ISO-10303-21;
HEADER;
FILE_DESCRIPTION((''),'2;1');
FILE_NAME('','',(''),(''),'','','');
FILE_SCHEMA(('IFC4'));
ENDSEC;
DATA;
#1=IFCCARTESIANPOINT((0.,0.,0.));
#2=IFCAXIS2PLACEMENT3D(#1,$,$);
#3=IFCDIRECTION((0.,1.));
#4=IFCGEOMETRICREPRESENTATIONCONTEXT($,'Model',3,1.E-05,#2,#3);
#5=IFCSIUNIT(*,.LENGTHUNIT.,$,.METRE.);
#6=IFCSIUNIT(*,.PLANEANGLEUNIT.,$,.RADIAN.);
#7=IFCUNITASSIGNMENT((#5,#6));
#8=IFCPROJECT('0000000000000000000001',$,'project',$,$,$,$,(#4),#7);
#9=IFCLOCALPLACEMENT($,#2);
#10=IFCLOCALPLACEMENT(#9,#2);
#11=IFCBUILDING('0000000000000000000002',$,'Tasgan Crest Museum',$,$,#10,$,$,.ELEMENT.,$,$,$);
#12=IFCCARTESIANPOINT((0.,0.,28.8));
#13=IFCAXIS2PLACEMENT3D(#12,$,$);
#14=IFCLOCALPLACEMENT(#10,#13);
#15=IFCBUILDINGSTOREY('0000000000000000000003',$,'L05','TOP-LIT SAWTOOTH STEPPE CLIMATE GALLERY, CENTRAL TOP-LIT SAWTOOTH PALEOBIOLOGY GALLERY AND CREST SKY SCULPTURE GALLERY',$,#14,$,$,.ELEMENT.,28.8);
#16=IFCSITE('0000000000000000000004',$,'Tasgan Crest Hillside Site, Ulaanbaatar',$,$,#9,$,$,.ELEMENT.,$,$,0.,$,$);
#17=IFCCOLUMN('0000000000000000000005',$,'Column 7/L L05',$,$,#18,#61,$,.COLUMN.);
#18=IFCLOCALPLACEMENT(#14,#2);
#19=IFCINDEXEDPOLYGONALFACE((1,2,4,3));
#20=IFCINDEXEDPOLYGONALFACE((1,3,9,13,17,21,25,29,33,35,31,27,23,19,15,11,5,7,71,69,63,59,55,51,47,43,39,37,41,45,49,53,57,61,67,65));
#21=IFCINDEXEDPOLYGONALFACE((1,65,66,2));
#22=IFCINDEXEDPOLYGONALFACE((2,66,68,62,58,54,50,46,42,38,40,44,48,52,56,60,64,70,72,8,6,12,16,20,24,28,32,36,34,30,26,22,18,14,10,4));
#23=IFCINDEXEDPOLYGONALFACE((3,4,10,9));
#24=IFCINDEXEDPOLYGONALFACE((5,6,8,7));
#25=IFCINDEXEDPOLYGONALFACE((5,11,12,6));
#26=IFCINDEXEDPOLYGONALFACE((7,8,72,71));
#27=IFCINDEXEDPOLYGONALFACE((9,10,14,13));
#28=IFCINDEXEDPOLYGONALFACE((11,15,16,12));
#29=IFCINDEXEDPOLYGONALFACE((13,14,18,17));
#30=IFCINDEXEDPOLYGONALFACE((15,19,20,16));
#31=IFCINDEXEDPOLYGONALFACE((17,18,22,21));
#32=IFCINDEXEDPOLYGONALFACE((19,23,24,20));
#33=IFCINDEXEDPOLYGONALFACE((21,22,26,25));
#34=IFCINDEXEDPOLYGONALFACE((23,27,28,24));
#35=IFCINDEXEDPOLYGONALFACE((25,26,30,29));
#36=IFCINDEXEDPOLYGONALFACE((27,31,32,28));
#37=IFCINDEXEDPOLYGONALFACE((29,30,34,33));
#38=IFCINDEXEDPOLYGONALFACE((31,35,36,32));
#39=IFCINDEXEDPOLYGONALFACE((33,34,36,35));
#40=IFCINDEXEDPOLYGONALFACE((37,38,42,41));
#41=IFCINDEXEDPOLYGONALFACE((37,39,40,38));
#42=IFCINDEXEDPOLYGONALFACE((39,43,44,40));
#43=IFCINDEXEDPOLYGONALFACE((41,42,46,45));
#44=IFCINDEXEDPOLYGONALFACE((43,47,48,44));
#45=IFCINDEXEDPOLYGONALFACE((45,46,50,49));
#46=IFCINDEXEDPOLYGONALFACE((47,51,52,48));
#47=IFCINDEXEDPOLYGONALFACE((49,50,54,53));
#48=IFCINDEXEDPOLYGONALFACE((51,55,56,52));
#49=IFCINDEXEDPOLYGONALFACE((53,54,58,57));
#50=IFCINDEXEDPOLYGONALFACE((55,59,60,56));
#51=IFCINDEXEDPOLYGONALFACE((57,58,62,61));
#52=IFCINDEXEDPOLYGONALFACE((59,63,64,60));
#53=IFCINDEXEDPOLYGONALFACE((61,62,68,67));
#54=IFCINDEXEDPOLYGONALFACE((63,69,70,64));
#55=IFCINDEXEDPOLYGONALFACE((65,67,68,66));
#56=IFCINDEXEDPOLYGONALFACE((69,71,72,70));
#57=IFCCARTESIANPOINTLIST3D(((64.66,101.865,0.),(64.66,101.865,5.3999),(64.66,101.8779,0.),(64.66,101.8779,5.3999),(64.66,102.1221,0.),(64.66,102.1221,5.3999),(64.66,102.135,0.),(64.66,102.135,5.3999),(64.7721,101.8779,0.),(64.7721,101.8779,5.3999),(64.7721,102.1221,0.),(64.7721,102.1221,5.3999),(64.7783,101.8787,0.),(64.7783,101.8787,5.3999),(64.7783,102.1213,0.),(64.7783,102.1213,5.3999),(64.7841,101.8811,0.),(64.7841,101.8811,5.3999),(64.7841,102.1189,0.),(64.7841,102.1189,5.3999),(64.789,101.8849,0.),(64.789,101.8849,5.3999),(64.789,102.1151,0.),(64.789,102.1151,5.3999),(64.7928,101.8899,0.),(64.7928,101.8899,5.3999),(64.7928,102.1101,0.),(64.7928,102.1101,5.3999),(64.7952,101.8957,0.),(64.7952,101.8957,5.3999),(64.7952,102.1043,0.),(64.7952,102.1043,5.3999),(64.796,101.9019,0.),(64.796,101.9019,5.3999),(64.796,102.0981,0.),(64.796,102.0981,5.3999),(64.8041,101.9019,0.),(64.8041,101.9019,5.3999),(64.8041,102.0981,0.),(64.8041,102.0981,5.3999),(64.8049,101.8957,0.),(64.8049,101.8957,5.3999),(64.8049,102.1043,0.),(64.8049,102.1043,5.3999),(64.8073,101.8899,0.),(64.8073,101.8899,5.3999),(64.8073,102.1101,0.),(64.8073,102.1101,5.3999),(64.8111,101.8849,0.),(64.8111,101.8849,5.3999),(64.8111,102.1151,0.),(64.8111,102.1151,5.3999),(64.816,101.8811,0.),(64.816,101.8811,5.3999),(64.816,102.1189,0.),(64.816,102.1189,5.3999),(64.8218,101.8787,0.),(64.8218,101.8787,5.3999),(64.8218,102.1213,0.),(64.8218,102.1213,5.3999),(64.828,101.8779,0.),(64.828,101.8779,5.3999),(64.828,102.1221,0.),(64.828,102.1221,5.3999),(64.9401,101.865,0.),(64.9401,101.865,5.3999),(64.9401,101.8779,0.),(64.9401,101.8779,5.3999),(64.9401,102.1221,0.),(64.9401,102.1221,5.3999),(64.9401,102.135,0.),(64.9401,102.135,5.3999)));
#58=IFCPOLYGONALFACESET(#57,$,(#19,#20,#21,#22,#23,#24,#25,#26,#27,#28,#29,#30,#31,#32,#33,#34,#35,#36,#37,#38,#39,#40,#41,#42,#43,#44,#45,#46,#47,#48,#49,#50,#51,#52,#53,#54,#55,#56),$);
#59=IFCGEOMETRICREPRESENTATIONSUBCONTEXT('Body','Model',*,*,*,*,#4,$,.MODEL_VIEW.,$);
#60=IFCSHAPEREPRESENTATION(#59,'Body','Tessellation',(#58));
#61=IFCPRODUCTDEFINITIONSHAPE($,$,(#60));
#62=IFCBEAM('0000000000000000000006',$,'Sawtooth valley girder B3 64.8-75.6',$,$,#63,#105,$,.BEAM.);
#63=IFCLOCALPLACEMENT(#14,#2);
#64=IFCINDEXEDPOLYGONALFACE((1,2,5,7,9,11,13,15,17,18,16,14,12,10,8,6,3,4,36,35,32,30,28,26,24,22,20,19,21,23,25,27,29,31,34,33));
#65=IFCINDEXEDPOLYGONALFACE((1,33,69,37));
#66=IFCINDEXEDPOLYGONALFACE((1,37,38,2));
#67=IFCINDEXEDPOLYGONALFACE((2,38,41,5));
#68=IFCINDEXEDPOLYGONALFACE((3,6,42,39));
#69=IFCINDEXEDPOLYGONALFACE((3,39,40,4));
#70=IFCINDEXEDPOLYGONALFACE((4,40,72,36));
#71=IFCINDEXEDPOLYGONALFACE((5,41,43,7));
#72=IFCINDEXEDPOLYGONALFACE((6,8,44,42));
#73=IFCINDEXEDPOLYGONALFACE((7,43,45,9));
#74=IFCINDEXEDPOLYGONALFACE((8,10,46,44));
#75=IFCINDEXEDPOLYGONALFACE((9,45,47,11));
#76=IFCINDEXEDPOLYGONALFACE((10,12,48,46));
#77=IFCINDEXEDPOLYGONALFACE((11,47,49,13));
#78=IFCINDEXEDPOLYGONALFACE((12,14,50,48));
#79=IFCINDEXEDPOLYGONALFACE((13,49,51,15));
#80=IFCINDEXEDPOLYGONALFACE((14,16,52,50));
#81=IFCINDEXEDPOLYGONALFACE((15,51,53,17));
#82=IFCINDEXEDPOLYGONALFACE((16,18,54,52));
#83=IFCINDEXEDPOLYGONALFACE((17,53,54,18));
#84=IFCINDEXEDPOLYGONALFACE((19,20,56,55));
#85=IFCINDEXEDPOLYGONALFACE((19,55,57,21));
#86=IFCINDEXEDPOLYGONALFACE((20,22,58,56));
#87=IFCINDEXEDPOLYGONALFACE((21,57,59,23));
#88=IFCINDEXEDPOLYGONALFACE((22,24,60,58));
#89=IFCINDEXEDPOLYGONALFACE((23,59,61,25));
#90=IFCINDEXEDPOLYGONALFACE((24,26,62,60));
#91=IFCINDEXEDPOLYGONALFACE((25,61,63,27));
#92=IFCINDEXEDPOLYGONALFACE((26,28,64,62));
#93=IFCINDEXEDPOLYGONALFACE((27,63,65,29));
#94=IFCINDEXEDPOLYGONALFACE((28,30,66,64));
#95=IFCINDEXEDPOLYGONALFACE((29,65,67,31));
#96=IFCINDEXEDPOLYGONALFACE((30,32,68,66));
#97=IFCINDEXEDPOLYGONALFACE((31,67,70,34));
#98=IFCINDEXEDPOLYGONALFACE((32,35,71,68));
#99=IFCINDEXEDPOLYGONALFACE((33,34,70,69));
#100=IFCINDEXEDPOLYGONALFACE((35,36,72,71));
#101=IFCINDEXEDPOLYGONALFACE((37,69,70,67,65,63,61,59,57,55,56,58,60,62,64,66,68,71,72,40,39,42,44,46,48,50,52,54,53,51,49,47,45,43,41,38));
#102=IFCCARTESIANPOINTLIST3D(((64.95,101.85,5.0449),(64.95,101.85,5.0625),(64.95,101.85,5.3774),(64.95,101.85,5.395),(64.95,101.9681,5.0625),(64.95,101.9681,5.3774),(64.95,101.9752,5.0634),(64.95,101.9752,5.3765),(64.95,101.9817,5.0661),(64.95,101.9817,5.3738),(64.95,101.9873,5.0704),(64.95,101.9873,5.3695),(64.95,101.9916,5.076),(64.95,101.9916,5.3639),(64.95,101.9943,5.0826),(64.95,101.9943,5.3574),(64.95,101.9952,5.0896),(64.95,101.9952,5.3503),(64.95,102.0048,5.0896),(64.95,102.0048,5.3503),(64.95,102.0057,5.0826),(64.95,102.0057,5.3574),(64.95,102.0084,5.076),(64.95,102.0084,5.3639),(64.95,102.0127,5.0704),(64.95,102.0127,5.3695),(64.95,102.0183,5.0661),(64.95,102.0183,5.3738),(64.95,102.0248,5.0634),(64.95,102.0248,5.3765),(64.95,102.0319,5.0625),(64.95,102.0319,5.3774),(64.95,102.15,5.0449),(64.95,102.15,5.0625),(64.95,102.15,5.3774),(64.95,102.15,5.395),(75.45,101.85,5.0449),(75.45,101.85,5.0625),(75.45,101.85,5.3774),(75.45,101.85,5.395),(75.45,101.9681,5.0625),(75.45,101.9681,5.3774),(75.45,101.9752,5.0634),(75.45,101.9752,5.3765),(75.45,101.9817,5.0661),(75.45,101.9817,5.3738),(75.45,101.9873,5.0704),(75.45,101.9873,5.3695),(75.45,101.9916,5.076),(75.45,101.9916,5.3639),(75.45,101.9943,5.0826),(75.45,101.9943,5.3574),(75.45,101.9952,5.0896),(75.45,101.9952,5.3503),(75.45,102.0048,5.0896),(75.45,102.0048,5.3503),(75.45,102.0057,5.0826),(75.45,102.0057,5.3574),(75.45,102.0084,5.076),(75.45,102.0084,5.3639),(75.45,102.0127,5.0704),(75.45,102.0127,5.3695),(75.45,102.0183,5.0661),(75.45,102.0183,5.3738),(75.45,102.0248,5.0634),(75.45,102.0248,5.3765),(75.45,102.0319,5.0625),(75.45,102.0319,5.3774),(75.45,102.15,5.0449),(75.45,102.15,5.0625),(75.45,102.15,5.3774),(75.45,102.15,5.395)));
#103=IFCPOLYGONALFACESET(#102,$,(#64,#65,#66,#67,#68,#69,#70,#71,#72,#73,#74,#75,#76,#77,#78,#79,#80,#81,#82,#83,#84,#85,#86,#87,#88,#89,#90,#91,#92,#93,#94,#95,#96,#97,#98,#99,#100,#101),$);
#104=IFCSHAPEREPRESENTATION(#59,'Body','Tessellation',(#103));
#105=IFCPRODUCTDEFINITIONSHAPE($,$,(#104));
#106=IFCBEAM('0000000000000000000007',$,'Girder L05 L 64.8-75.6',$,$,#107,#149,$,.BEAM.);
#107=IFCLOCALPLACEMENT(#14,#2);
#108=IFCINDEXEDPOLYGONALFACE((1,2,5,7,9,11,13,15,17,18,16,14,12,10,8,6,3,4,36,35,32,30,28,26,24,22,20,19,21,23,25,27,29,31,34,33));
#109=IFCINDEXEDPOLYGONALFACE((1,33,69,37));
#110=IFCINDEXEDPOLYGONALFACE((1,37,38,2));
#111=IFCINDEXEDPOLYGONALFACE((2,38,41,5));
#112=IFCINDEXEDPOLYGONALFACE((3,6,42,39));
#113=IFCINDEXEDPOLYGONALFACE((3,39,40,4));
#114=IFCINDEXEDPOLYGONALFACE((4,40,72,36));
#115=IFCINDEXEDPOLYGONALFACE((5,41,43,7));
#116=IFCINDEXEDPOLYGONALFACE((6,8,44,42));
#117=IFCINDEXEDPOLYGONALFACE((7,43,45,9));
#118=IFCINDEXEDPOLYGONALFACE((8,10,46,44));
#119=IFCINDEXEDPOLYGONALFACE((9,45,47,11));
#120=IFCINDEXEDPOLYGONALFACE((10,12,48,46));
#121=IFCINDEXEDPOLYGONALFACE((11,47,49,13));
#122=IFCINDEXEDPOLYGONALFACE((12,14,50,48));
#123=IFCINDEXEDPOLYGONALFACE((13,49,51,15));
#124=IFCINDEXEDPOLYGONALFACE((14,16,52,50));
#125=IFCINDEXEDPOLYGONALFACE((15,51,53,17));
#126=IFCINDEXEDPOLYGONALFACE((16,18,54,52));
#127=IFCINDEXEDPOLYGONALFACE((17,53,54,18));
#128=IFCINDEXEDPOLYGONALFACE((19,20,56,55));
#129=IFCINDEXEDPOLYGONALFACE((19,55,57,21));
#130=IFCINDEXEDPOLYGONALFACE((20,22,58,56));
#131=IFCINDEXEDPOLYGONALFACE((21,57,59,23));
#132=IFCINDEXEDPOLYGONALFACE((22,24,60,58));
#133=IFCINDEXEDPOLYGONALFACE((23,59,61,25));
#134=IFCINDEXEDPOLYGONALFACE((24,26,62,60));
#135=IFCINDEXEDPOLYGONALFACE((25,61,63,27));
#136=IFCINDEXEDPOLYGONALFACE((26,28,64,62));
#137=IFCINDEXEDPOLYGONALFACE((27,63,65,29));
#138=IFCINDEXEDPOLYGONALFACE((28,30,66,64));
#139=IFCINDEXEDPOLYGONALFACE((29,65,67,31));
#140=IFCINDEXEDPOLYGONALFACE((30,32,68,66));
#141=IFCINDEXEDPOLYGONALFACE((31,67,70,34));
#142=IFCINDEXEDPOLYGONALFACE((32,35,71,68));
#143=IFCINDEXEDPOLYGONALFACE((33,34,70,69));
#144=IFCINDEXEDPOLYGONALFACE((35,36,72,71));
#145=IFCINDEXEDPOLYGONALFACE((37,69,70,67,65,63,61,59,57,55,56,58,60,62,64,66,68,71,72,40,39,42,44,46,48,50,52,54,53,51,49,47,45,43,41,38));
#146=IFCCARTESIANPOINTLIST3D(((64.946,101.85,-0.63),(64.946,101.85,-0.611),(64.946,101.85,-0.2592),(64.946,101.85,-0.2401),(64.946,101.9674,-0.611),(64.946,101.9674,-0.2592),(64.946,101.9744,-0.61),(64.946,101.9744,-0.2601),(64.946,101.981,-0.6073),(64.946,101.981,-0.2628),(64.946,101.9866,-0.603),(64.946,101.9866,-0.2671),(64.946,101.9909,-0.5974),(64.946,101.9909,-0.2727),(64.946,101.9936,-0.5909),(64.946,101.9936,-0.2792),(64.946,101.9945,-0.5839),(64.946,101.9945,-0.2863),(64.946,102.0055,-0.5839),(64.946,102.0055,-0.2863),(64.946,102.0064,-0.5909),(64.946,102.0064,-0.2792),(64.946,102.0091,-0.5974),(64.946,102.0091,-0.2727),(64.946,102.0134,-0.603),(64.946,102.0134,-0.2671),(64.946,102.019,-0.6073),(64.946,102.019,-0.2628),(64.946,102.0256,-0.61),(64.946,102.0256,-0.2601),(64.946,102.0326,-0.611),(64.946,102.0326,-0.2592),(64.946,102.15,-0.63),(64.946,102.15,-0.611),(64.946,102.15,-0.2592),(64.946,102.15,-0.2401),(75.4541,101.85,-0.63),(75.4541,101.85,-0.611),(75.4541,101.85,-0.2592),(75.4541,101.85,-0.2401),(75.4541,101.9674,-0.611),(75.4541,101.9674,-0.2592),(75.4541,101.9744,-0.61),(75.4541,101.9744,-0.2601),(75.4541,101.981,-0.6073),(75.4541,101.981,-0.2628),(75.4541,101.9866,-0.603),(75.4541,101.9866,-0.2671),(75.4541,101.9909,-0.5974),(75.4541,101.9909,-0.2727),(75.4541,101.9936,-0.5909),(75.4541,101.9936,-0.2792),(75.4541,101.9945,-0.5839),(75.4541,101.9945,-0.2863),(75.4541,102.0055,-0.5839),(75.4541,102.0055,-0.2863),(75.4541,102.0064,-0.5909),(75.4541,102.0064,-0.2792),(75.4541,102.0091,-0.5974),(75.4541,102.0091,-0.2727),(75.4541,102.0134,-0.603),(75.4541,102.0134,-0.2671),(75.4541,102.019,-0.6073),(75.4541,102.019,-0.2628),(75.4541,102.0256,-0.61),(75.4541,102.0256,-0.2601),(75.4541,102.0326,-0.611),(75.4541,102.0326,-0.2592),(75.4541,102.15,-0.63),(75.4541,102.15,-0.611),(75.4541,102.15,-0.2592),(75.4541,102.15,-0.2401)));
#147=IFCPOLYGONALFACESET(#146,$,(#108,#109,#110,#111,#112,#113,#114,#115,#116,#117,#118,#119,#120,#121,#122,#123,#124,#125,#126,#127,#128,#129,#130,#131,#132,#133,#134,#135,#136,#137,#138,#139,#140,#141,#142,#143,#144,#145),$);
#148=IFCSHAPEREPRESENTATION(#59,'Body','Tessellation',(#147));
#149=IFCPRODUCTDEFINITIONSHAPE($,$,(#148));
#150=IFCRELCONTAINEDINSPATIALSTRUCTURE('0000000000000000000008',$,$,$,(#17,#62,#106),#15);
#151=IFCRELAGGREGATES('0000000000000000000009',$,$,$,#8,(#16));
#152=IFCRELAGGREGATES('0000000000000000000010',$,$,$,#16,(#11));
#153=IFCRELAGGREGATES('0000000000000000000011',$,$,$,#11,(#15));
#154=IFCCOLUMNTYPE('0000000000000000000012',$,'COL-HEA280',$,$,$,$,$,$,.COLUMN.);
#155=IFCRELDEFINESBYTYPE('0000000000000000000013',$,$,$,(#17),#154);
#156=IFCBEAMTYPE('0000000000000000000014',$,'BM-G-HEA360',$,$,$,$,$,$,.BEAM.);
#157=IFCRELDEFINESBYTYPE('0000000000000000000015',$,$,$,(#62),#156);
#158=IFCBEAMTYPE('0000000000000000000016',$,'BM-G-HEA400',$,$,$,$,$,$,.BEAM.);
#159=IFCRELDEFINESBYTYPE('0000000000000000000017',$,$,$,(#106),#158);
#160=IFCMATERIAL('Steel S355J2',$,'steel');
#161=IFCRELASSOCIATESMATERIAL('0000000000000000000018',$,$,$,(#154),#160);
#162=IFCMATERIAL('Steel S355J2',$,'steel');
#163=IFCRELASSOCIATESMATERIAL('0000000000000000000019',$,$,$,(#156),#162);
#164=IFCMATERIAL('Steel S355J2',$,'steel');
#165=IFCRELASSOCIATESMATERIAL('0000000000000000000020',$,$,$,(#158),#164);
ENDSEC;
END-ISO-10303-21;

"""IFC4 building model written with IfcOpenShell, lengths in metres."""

from ifc_helpers import new_model, si_unit, direction, frame, origin, origin_2d, place, context, subcontext, project, spatial, i_section, extrude, material, material_profile, profile_set, type_object, element, save


model = new_model("IFC4")

# Units and contexts
model_context = context("Model", 3, precision=1e-05, world=origin(), true_north=direction((0.0, 1.0)))
body_context = subcontext(model_context, "Body", "Model", "MODEL_VIEW")
ifc_project = project(units=[si_unit("LENGTHUNIT", "METRE"), si_unit("PLANEANGLEUNIT", "RADIAN")], contexts=[model_context])

# Site, building, storey
site_placement = place(None, origin())
site = spatial("IfcSite", under=ifc_project, at=site_placement, Name="Tasgan Crest Hillside Site, Ulaanbaatar", CompositionType="ELEMENT", RefElevation=0.0)
building_placement = place(site_placement, origin())
building = spatial("IfcBuilding", under=site, at=building_placement, Name="Tasgan Crest Museum", CompositionType="ELEMENT")
storey_placement = place(building_placement, frame((0.0, 0.0, 28.8)))
storey = spatial("IfcBuildingStorey", under=building, at=storey_placement, Name="L05", Description="TOP-LIT SAWTOOTH STEPPE CLIMATE GALLERY, CENTRAL TOP-LIT SAWTOOTH PALEOBIOLOGY GALLERY AND CREST SKY SCULPTURE GALLERY", CompositionType="ELEMENT", Elevation=28.8)

# Column
ifc_material_1 = material(Name="Steel S355J2", Category="steel")
ifc_material_profile_1 = material_profile(ifc_material_1, i_section(OverallWidth=0.28, OverallDepth=0.27, WebThickness=0.0081, FlangeThickness=0.0129, FilletRadius=0.0239, at=origin_2d()), Name="HEA 280")
ifc_profile_set_1 = profile_set([ifc_material_profile_1], Name="Steel S355J2")
column_type = type_object("IfcColumnType", Name="COL-HEA280", PredefinedType="COLUMN", material=ifc_profile_set_1)
column_placement = place(storey_placement, frame((64.8, 102.0, 0.0), z_axis=(0.0, 0.0, 1.0), x_axis=(1.0, 0.0, 0.0)))
element("IfcColumn", 1, at=column_placement, inside=storey, type_object=column_type, Name="Column 7/L L05", PredefinedType="COLUMN", context=body_context, shape_type="SweptSolid", body=[
    extrude(i_section(OverallWidth=0.28, OverallDepth=0.27, WebThickness=0.0081, FlangeThickness=0.0129, FilletRadius=0.0239, at=origin_2d()), origin(), (0.0, 0.0, 1.0), 5.3999),
])

# Beams
ifc_material_2 = material(Name="Steel S355J2", Category="steel")
ifc_material_profile_2 = material_profile(ifc_material_2, i_section(OverallWidth=0.3, OverallDepth=0.3501, WebThickness=0.0095, FlangeThickness=0.0176, FilletRadius=0.0271, at=origin_2d()), Name="HEA 360")
ifc_profile_set_2 = profile_set([ifc_material_profile_2], Name="Steel S355J2")
beam_type_1 = type_object("IfcBeamType", Name="BM-G-HEA360", PredefinedType="BEAM", material=ifc_profile_set_2)
beam_1_placement = place(storey_placement, frame((64.95, 102.0, 5.22), z_axis=(1.0, 0.0, 0.0), x_axis=(0.0, 1.0, 0.0)))
element("IfcBeam", 2, at=beam_1_placement, inside=storey, type_object=beam_type_1, Name="Sawtooth valley girder B3 64.8-75.6", PredefinedType="BEAM", context=body_context, shape_type="SweptSolid", body=[
    extrude(i_section(OverallWidth=0.3, OverallDepth=0.3501, WebThickness=0.0095, FlangeThickness=0.0176, FilletRadius=0.0271, at=origin_2d()), origin(), (0.0, 0.0, 1.0), 10.5),
])
ifc_material_3 = material(Name="Steel S355J2", Category="steel")
ifc_material_profile_3 = material_profile(ifc_material_3, i_section(OverallWidth=0.3, OverallDepth=0.3899, WebThickness=0.011, FlangeThickness=0.019, FilletRadius=0.0271, at=origin_2d()), Name="HEA 400")
ifc_profile_set_3 = profile_set([ifc_material_profile_3], Name="Steel S355J2")
beam_type_2 = type_object("IfcBeamType", Name="BM-G-HEA400", PredefinedType="BEAM", material=ifc_profile_set_3)
beam_2_placement = place(storey_placement, frame((64.946, 102.0, -0.4351), z_axis=(1.0, 0.0, 0.0), x_axis=(0.0, 1.0, 0.0)))
element("IfcBeam", 3, at=beam_2_placement, inside=storey, type_object=beam_type_2, Name="Girder L05 L 64.8-75.6", PredefinedType="BEAM", context=body_context, shape_type="SweptSolid", body=[
    extrude(i_section(OverallWidth=0.3, OverallDepth=0.3899, WebThickness=0.011, FlangeThickness=0.019, FilletRadius=0.0271, at=origin_2d()), origin(), (0.0, 0.0, 1.0), 10.5081),
])

save(model, "model.ifc")
